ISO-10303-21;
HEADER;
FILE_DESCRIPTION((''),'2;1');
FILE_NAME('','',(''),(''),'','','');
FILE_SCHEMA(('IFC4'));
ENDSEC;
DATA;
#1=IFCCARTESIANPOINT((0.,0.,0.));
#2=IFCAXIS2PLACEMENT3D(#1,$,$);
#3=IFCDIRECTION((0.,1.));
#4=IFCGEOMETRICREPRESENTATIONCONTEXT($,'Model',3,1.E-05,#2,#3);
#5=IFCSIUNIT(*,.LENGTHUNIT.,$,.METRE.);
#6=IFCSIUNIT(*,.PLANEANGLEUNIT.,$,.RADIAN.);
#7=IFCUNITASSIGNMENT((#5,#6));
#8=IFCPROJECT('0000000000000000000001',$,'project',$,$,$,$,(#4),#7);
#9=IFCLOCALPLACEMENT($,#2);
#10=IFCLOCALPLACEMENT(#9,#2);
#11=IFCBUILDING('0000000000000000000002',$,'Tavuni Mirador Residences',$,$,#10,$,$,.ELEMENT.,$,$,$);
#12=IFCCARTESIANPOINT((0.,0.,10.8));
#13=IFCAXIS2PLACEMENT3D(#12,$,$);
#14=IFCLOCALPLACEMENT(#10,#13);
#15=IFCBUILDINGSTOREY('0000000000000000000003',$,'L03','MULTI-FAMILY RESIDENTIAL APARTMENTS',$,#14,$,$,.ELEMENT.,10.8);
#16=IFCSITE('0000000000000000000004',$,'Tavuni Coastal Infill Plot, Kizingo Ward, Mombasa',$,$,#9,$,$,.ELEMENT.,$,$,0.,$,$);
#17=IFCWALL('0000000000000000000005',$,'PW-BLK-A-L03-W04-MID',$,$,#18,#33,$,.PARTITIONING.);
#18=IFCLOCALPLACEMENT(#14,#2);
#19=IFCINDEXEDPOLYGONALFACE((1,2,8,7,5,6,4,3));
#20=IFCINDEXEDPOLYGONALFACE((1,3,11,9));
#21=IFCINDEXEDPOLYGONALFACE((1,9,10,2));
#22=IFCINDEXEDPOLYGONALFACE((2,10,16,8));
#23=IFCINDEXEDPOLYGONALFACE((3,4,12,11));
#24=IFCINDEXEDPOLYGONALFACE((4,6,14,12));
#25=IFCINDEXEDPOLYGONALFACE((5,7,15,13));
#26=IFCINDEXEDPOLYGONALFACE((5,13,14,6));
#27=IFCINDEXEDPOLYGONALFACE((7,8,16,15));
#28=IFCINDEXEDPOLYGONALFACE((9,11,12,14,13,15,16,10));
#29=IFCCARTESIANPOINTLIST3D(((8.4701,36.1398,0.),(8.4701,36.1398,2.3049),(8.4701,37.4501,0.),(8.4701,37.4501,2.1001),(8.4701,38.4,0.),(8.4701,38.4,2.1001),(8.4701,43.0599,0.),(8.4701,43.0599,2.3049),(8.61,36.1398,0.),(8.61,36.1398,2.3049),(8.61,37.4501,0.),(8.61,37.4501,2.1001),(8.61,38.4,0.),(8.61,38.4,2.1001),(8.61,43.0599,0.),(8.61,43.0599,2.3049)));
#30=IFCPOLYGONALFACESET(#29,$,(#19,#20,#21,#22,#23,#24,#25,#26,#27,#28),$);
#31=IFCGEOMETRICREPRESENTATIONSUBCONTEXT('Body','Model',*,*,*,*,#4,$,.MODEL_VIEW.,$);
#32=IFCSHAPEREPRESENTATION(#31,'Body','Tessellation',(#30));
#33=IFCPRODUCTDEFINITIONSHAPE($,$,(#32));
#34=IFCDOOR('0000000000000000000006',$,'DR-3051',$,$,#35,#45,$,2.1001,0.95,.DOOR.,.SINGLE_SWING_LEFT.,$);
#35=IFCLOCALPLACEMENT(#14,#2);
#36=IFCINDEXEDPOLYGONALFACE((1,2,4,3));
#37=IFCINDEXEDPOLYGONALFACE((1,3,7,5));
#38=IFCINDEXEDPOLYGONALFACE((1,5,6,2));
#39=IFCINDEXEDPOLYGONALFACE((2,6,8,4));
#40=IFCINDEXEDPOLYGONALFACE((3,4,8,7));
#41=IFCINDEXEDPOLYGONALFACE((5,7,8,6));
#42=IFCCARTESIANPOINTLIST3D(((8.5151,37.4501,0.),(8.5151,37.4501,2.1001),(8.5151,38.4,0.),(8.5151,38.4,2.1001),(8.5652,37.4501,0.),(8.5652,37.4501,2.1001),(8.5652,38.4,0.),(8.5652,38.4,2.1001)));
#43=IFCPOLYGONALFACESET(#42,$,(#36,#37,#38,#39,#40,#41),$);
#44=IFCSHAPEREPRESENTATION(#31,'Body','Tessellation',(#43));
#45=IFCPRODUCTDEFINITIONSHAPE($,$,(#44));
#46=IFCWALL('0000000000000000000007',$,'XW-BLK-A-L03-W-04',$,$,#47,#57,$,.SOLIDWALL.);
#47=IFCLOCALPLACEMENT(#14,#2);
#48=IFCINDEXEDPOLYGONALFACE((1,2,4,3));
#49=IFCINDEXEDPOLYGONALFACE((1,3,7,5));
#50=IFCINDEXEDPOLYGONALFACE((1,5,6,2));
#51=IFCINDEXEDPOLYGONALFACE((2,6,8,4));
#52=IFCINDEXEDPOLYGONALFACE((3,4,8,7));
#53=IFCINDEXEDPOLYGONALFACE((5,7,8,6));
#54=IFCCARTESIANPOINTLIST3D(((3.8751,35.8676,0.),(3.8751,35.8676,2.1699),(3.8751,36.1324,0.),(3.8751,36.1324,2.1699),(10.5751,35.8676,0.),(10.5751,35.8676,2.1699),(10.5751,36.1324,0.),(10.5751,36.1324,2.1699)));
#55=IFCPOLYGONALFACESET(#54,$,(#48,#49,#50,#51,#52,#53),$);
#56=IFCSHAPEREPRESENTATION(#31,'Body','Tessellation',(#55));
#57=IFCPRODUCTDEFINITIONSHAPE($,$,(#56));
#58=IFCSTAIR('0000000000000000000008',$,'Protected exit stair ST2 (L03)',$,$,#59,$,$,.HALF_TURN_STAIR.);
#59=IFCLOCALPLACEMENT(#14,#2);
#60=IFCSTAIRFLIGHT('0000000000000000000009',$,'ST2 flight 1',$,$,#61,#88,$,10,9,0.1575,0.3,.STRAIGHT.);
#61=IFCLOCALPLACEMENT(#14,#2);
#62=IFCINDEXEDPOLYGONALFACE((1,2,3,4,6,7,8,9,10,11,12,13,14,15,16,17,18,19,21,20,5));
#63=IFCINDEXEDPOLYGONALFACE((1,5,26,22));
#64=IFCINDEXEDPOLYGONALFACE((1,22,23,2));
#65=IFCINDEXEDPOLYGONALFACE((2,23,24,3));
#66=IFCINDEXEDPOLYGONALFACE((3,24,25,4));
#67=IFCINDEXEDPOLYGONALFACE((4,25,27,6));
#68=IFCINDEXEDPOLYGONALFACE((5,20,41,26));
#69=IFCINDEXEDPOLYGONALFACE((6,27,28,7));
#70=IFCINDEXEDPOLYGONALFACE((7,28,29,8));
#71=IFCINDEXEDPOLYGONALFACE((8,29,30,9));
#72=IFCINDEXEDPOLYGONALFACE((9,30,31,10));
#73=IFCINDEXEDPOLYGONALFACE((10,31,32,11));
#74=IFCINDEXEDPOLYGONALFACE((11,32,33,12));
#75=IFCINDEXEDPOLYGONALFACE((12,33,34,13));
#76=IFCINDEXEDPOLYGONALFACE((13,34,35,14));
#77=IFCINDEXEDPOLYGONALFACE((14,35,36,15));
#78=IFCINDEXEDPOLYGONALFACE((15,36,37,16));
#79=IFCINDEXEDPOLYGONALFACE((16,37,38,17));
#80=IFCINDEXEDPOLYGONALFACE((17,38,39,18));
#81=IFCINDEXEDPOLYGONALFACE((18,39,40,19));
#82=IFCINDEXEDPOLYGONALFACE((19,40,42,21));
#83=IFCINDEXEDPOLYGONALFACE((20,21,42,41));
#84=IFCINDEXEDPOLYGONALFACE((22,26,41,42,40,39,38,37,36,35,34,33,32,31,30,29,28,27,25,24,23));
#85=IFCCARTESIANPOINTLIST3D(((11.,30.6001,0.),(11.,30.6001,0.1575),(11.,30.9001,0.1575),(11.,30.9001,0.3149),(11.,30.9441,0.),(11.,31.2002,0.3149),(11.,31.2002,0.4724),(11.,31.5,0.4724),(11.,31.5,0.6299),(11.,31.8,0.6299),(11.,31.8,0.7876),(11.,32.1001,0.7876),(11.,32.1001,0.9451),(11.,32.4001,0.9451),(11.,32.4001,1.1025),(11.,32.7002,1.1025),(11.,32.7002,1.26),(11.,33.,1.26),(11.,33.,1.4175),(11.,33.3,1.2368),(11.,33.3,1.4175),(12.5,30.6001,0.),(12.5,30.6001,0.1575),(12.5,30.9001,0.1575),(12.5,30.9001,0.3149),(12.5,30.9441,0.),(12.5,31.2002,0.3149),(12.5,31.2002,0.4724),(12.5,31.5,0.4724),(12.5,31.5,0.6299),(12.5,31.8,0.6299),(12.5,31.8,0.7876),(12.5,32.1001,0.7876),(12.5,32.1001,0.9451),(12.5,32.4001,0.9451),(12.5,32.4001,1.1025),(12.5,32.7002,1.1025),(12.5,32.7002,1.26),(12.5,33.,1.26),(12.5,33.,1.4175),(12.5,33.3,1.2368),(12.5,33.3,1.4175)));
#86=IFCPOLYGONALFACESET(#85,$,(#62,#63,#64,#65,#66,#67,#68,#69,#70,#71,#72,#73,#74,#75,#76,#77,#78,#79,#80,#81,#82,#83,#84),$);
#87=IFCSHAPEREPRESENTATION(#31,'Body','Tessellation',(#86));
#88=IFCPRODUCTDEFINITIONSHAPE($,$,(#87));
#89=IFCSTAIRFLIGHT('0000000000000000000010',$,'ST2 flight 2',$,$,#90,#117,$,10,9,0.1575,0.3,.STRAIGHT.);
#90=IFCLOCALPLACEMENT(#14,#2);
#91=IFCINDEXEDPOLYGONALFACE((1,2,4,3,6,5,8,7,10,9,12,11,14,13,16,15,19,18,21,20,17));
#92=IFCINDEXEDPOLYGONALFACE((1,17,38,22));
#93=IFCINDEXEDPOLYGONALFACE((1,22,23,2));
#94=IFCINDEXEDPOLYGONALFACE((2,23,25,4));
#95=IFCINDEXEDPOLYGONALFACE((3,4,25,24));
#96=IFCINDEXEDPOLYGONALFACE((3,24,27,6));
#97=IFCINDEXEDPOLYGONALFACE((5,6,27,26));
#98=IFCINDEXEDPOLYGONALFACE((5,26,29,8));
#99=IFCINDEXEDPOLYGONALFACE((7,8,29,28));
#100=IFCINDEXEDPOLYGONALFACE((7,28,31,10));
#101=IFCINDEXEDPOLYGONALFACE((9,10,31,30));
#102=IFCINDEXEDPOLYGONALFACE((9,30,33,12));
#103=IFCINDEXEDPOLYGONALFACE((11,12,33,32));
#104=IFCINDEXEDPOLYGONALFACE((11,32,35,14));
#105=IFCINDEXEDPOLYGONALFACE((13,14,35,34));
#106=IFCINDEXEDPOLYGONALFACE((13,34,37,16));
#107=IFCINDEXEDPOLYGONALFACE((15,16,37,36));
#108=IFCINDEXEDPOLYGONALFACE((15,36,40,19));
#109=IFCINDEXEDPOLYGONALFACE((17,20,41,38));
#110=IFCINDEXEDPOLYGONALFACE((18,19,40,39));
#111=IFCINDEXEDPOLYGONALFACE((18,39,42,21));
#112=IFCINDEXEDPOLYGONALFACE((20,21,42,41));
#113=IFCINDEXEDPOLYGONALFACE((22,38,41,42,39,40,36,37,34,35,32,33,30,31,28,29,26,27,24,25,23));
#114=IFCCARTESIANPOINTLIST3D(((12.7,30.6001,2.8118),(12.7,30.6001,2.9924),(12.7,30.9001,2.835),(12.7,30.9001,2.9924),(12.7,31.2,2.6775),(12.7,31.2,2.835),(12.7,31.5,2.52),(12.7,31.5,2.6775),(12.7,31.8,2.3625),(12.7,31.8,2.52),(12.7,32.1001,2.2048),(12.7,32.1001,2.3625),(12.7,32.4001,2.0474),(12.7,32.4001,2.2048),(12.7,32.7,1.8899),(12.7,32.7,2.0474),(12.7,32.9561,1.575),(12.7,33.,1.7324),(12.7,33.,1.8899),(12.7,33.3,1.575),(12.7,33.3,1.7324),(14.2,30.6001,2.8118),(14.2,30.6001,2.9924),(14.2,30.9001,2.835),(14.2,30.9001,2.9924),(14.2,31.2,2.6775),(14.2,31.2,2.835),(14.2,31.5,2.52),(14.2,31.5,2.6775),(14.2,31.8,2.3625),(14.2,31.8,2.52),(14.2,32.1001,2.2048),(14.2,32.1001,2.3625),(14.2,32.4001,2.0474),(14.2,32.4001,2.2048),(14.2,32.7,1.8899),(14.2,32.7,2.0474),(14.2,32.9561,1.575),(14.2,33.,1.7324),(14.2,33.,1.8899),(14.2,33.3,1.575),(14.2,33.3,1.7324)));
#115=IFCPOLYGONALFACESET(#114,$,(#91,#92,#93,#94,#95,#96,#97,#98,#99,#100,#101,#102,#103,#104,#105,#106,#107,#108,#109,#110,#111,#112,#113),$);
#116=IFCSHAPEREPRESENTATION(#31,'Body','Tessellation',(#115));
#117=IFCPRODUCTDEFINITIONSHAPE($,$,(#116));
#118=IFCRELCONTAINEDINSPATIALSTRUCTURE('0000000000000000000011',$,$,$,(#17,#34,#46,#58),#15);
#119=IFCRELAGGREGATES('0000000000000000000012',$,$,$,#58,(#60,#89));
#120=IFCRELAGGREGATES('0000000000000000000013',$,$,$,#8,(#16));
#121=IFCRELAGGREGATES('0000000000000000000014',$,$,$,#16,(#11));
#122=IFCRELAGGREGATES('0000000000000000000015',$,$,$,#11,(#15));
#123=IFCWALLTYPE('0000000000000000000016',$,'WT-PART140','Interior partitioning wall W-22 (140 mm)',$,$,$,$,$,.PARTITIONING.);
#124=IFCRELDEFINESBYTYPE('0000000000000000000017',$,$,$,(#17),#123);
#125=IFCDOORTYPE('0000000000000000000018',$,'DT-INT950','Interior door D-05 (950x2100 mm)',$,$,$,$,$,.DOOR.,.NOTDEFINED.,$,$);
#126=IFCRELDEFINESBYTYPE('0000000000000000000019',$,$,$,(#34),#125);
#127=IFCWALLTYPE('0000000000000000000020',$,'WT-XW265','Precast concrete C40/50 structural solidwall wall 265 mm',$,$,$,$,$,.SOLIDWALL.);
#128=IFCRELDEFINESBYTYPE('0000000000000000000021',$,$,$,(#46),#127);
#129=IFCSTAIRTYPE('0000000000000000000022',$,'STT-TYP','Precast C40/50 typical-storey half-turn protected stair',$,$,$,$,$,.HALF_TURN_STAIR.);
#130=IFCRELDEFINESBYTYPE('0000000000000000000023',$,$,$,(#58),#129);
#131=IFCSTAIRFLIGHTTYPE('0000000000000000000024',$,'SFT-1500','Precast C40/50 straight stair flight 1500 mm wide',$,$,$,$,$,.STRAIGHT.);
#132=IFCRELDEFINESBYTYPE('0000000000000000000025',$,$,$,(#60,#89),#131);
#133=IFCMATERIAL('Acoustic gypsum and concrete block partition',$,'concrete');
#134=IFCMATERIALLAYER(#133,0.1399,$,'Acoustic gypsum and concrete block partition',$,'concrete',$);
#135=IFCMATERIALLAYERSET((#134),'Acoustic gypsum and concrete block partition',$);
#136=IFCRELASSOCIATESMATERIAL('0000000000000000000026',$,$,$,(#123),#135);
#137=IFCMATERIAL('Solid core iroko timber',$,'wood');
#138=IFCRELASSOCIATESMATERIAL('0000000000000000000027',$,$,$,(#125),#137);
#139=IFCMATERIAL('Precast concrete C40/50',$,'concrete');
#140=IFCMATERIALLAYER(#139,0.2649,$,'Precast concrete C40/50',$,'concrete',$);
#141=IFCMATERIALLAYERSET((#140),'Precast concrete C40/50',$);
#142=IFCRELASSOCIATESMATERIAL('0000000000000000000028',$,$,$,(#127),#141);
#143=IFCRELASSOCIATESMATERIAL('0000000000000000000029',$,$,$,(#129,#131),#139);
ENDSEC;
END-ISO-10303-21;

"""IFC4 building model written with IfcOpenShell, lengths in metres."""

from ifc_helpers import new_model, si_unit, direction, frame, frame_2d, origin, place, context, subcontext, project, spatial, polyline, rectangle, outline, extrude, material, layer, layer_set, type_object, element, fill, aggregate, save


model = new_model("IFC4")

# Units and contexts
model_context = context("Model", 3, precision=1e-05, world=origin(), true_north=direction((0.0, 1.0)))
body_context = subcontext(model_context, "Body", "Model", "MODEL_VIEW")
ifc_project = project(units=[si_unit("LENGTHUNIT", "METRE"), si_unit("PLANEANGLEUNIT", "RADIAN")], contexts=[model_context])

# Site, building, storey
site_placement = place(None, origin())
site = spatial("IfcSite", under=ifc_project, at=site_placement, Name="Tavuni Coastal Infill Plot, Kizingo Ward, Mombasa", CompositionType="ELEMENT", RefElevation=0.0)
building_placement = place(site_placement, origin())
building = spatial("IfcBuilding", under=site, at=building_placement, Name="Tavuni Mirador Residences", CompositionType="ELEMENT")
storey_placement = place(building_placement, frame((0.0, 0.0, 10.8)))
storey = spatial("IfcBuildingStorey", under=building, at=storey_placement, Name="L03", Description="MULTI-FAMILY RESIDENTIAL APARTMENTS", CompositionType="ELEMENT", Elevation=10.8)

# Shared definitions
ifc_material_1 = material(Name="Precast concrete C40/50", Category="concrete")

# Shared definitions
ifc_material_2 = material(Name="Solid core iroko timber", Category="wood")

# Shared definitions
ifc_material_3 = material(Name="Acoustic gypsum and concrete block partition", Category="concrete")

# Wall, opening, door
ifc_layer_1 = layer(ifc_material_3, 0.1399, Name="Acoustic gypsum and concrete block partition", Category="concrete")
ifc_layer_set_1 = layer_set([ifc_layer_1], Name="Acoustic gypsum and concrete block partition")
wall_type_1 = type_object("IfcWallType", Name="WT-PART140", Description="Interior partitioning wall W-22 (140 mm)", PredefinedType="PARTITIONING", material=ifc_layer_set_1)
wall_1_placement = place(storey_placement, frame((8.54, 36.1399, 0.0), z_axis=(0.0, 0.0, 1.0), x_axis=(0.0, 1.0, 0.0)))
wall_1 = element("IfcWall", 1, at=wall_1_placement, inside=storey, type_object=wall_type_1, Name="PW-BLK-A-L03-W04-MID", PredefinedType="PARTITIONING", context=body_context, shape_type="SweptSolid", body=[
    extrude(rectangle(XDim=6.9202, YDim=0.1399, at=frame_2d((3.46, 0.0))), origin(), (0.0, 0.0, 1.0), 2.3049),
])
opening_1_placement = place(wall_1_placement, frame((1.3101, 0.0, 0.0)))
opening_1 = element("IfcOpeningElement", 2, at=opening_1_placement, cuts=wall_1, PredefinedType="OPENING", context=body_context, shape_type="SweptSolid", body=[
    extrude(rectangle(XDim=0.95, YDim=2.1001, at=frame_2d((0.4751, 1.05))), frame((0.0, 0.0801, 0.0), z_axis=(0.0, -1.0, 0.0), x_axis=(1.0, 0.0, 0.0)), (0.0, 0.0, 1.0), 0.1599),
])
door_type_1 = type_object("IfcDoorType", Name="DT-INT950", Description="Interior door D-05 (950x2100 mm)", OperationType="NOTDEFINED", PredefinedType="DOOR", material=ifc_material_2)
door_1_placement = place(opening_1_placement, origin())
door_1 = element("IfcDoor", 3, at=door_1_placement, inside=storey, type_object=door_type_1, Name="DR-3051", OperationType="SINGLE_SWING_LEFT", OverallHeight=2.1001, OverallWidth=0.95, PredefinedType="DOOR", context=body_context, shape_type="SweptSolid", body=[
    extrude(rectangle(XDim=0.95, YDim=2.1001, at=frame_2d((0.4751, 1.05))), frame((0.0, 0.0249, 0.0), z_axis=(0.0, -1.0, 0.0), x_axis=(1.0, 0.0, 0.0)), (0.0, 0.0, 1.0), 0.05),
])
fill(opening_1, door_1)

# Wall
ifc_layer_2 = layer(ifc_material_1, 0.2649, Name="Precast concrete C40/50", Category="concrete")
ifc_layer_set_2 = layer_set([ifc_layer_2], Name="Precast concrete C40/50")
wall_type_2 = type_object("IfcWallType", Name="WT-XW265", Description="Precast concrete C40/50 structural solidwall wall 265 mm", PredefinedType="SOLIDWALL", material=ifc_layer_set_2)
wall_2_placement = place(storey_placement, frame((3.875, 36.0, 0.0), z_axis=(0.0, 0.0, 1.0), x_axis=(1.0, 0.0, 0.0)))
element("IfcWall", 4, at=wall_2_placement, inside=storey, type_object=wall_type_2, Name="XW-BLK-A-L03-W-04", PredefinedType="SOLIDWALL", context=body_context, shape_type="SweptSolid", body=[
    extrude(rectangle(XDim=6.7, YDim=0.2649, at=frame_2d((3.3501, 0.0))), origin(), (0.0, 0.0, 1.0), 2.1699),
])

# Stair, stair flights
stair_type = type_object("IfcStairType", Name="STT-TYP", Description="Precast C40/50 typical-storey half-turn protected stair", PredefinedType="HALF_TURN_STAIR", material=ifc_material_1)
stair_placement = place(storey_placement, origin())
stair = element("IfcStair", 5, at=stair_placement, inside=storey, type_object=stair_type, Name="Protected exit stair ST2 (L03)", PredefinedType="HALF_TURN_STAIR")
stair_flight_type = type_object("IfcStairFlightType", Name="SFT-1500", Description="Precast C40/50 straight stair flight 1500 mm wide", PredefinedType="STRAIGHT", material=ifc_material_1)
stair_flight_1_placement = place(storey_placement, frame((11.75, 30.6001, 0.0), z_axis=(0.0, 0.0, 1.0), x_axis=(0.0, 1.0, 0.0)))
stair_flight_1 = element("IfcStairFlight", 6, at=stair_flight_1_placement, type_object=stair_flight_type, Name="ST2 flight 1", NumberOfRisers=10, NumberOfTreads=9, PredefinedType="STRAIGHT", RiserHeight=0.1575, TreadLength=0.3, context=body_context, shape_type="SweptSolid", body=[
    extrude(outline(polyline([(0.0, 0.0), (0.0, 0.1575), (0.3, 0.1575), (0.3, 0.3149), (0.6001, 0.3149), (0.6001, 0.4724), (0.8999, 0.4724), (0.8999, 0.6299), (1.2, 0.6299), (1.2, 0.7876), (1.5, 0.7876), (1.5, 0.9451), (1.8, 0.9451), (1.8, 1.1025), (2.1001, 1.1025), (2.1001, 1.26), (2.3999, 1.26), (2.3999, 1.4175), (2.7, 1.4175), (2.7, 1.575), (2.7, 1.2368), (0.344, 0.0), (0.0, 0.0)])), frame((0.0, 0.75, 0.0), z_axis=(0.0, -1.0, 0.0), x_axis=(1.0, 0.0, 0.0)), (0.0, 0.0, 1.0), 1.5),
])
stair_flight_2_placement = place(storey_placement, frame((13.45, 33.3, 1.575), z_axis=(0.0, 0.0, 1.0), x_axis=(0.0, -1.0, 0.0)))
stair_flight_2 = element("IfcStairFlight", 7, at=stair_flight_2_placement, type_object=stair_flight_type, Name="ST2 flight 2", NumberOfRisers=10, NumberOfTreads=9, PredefinedType="STRAIGHT", RiserHeight=0.1575, TreadLength=0.3, context=body_context, shape_type="SweptSolid", body=[
    extrude(outline(polyline([(0.0, 0.0), (0.0, 0.1575), (0.3, 0.1575), (0.3, 0.3149), (0.6001, 0.3149), (0.6001, 0.4724), (0.8999, 0.4724), (0.8999, 0.6299), (1.2, 0.6299), (1.2, 0.7876), (1.5, 0.7876), (1.5, 0.9451), (1.8, 0.9451), (1.8, 1.1025), (2.1001, 1.1025), (2.1001, 1.26), (2.3999, 1.26), (2.3999, 1.4175), (2.7, 1.4175), (2.7, 1.575), (2.7, 1.2368), (0.344, 0.0), (0.0, 0.0)])), frame((0.0, 0.75, 0.0), z_axis=(0.0, -1.0, 0.0), x_axis=(1.0, 0.0, 0.0)), (0.0, 0.0, 1.0), 1.5),
])
aggregate(stair, [stair_flight_1, stair_flight_2])

save(model, "model.ifc")
